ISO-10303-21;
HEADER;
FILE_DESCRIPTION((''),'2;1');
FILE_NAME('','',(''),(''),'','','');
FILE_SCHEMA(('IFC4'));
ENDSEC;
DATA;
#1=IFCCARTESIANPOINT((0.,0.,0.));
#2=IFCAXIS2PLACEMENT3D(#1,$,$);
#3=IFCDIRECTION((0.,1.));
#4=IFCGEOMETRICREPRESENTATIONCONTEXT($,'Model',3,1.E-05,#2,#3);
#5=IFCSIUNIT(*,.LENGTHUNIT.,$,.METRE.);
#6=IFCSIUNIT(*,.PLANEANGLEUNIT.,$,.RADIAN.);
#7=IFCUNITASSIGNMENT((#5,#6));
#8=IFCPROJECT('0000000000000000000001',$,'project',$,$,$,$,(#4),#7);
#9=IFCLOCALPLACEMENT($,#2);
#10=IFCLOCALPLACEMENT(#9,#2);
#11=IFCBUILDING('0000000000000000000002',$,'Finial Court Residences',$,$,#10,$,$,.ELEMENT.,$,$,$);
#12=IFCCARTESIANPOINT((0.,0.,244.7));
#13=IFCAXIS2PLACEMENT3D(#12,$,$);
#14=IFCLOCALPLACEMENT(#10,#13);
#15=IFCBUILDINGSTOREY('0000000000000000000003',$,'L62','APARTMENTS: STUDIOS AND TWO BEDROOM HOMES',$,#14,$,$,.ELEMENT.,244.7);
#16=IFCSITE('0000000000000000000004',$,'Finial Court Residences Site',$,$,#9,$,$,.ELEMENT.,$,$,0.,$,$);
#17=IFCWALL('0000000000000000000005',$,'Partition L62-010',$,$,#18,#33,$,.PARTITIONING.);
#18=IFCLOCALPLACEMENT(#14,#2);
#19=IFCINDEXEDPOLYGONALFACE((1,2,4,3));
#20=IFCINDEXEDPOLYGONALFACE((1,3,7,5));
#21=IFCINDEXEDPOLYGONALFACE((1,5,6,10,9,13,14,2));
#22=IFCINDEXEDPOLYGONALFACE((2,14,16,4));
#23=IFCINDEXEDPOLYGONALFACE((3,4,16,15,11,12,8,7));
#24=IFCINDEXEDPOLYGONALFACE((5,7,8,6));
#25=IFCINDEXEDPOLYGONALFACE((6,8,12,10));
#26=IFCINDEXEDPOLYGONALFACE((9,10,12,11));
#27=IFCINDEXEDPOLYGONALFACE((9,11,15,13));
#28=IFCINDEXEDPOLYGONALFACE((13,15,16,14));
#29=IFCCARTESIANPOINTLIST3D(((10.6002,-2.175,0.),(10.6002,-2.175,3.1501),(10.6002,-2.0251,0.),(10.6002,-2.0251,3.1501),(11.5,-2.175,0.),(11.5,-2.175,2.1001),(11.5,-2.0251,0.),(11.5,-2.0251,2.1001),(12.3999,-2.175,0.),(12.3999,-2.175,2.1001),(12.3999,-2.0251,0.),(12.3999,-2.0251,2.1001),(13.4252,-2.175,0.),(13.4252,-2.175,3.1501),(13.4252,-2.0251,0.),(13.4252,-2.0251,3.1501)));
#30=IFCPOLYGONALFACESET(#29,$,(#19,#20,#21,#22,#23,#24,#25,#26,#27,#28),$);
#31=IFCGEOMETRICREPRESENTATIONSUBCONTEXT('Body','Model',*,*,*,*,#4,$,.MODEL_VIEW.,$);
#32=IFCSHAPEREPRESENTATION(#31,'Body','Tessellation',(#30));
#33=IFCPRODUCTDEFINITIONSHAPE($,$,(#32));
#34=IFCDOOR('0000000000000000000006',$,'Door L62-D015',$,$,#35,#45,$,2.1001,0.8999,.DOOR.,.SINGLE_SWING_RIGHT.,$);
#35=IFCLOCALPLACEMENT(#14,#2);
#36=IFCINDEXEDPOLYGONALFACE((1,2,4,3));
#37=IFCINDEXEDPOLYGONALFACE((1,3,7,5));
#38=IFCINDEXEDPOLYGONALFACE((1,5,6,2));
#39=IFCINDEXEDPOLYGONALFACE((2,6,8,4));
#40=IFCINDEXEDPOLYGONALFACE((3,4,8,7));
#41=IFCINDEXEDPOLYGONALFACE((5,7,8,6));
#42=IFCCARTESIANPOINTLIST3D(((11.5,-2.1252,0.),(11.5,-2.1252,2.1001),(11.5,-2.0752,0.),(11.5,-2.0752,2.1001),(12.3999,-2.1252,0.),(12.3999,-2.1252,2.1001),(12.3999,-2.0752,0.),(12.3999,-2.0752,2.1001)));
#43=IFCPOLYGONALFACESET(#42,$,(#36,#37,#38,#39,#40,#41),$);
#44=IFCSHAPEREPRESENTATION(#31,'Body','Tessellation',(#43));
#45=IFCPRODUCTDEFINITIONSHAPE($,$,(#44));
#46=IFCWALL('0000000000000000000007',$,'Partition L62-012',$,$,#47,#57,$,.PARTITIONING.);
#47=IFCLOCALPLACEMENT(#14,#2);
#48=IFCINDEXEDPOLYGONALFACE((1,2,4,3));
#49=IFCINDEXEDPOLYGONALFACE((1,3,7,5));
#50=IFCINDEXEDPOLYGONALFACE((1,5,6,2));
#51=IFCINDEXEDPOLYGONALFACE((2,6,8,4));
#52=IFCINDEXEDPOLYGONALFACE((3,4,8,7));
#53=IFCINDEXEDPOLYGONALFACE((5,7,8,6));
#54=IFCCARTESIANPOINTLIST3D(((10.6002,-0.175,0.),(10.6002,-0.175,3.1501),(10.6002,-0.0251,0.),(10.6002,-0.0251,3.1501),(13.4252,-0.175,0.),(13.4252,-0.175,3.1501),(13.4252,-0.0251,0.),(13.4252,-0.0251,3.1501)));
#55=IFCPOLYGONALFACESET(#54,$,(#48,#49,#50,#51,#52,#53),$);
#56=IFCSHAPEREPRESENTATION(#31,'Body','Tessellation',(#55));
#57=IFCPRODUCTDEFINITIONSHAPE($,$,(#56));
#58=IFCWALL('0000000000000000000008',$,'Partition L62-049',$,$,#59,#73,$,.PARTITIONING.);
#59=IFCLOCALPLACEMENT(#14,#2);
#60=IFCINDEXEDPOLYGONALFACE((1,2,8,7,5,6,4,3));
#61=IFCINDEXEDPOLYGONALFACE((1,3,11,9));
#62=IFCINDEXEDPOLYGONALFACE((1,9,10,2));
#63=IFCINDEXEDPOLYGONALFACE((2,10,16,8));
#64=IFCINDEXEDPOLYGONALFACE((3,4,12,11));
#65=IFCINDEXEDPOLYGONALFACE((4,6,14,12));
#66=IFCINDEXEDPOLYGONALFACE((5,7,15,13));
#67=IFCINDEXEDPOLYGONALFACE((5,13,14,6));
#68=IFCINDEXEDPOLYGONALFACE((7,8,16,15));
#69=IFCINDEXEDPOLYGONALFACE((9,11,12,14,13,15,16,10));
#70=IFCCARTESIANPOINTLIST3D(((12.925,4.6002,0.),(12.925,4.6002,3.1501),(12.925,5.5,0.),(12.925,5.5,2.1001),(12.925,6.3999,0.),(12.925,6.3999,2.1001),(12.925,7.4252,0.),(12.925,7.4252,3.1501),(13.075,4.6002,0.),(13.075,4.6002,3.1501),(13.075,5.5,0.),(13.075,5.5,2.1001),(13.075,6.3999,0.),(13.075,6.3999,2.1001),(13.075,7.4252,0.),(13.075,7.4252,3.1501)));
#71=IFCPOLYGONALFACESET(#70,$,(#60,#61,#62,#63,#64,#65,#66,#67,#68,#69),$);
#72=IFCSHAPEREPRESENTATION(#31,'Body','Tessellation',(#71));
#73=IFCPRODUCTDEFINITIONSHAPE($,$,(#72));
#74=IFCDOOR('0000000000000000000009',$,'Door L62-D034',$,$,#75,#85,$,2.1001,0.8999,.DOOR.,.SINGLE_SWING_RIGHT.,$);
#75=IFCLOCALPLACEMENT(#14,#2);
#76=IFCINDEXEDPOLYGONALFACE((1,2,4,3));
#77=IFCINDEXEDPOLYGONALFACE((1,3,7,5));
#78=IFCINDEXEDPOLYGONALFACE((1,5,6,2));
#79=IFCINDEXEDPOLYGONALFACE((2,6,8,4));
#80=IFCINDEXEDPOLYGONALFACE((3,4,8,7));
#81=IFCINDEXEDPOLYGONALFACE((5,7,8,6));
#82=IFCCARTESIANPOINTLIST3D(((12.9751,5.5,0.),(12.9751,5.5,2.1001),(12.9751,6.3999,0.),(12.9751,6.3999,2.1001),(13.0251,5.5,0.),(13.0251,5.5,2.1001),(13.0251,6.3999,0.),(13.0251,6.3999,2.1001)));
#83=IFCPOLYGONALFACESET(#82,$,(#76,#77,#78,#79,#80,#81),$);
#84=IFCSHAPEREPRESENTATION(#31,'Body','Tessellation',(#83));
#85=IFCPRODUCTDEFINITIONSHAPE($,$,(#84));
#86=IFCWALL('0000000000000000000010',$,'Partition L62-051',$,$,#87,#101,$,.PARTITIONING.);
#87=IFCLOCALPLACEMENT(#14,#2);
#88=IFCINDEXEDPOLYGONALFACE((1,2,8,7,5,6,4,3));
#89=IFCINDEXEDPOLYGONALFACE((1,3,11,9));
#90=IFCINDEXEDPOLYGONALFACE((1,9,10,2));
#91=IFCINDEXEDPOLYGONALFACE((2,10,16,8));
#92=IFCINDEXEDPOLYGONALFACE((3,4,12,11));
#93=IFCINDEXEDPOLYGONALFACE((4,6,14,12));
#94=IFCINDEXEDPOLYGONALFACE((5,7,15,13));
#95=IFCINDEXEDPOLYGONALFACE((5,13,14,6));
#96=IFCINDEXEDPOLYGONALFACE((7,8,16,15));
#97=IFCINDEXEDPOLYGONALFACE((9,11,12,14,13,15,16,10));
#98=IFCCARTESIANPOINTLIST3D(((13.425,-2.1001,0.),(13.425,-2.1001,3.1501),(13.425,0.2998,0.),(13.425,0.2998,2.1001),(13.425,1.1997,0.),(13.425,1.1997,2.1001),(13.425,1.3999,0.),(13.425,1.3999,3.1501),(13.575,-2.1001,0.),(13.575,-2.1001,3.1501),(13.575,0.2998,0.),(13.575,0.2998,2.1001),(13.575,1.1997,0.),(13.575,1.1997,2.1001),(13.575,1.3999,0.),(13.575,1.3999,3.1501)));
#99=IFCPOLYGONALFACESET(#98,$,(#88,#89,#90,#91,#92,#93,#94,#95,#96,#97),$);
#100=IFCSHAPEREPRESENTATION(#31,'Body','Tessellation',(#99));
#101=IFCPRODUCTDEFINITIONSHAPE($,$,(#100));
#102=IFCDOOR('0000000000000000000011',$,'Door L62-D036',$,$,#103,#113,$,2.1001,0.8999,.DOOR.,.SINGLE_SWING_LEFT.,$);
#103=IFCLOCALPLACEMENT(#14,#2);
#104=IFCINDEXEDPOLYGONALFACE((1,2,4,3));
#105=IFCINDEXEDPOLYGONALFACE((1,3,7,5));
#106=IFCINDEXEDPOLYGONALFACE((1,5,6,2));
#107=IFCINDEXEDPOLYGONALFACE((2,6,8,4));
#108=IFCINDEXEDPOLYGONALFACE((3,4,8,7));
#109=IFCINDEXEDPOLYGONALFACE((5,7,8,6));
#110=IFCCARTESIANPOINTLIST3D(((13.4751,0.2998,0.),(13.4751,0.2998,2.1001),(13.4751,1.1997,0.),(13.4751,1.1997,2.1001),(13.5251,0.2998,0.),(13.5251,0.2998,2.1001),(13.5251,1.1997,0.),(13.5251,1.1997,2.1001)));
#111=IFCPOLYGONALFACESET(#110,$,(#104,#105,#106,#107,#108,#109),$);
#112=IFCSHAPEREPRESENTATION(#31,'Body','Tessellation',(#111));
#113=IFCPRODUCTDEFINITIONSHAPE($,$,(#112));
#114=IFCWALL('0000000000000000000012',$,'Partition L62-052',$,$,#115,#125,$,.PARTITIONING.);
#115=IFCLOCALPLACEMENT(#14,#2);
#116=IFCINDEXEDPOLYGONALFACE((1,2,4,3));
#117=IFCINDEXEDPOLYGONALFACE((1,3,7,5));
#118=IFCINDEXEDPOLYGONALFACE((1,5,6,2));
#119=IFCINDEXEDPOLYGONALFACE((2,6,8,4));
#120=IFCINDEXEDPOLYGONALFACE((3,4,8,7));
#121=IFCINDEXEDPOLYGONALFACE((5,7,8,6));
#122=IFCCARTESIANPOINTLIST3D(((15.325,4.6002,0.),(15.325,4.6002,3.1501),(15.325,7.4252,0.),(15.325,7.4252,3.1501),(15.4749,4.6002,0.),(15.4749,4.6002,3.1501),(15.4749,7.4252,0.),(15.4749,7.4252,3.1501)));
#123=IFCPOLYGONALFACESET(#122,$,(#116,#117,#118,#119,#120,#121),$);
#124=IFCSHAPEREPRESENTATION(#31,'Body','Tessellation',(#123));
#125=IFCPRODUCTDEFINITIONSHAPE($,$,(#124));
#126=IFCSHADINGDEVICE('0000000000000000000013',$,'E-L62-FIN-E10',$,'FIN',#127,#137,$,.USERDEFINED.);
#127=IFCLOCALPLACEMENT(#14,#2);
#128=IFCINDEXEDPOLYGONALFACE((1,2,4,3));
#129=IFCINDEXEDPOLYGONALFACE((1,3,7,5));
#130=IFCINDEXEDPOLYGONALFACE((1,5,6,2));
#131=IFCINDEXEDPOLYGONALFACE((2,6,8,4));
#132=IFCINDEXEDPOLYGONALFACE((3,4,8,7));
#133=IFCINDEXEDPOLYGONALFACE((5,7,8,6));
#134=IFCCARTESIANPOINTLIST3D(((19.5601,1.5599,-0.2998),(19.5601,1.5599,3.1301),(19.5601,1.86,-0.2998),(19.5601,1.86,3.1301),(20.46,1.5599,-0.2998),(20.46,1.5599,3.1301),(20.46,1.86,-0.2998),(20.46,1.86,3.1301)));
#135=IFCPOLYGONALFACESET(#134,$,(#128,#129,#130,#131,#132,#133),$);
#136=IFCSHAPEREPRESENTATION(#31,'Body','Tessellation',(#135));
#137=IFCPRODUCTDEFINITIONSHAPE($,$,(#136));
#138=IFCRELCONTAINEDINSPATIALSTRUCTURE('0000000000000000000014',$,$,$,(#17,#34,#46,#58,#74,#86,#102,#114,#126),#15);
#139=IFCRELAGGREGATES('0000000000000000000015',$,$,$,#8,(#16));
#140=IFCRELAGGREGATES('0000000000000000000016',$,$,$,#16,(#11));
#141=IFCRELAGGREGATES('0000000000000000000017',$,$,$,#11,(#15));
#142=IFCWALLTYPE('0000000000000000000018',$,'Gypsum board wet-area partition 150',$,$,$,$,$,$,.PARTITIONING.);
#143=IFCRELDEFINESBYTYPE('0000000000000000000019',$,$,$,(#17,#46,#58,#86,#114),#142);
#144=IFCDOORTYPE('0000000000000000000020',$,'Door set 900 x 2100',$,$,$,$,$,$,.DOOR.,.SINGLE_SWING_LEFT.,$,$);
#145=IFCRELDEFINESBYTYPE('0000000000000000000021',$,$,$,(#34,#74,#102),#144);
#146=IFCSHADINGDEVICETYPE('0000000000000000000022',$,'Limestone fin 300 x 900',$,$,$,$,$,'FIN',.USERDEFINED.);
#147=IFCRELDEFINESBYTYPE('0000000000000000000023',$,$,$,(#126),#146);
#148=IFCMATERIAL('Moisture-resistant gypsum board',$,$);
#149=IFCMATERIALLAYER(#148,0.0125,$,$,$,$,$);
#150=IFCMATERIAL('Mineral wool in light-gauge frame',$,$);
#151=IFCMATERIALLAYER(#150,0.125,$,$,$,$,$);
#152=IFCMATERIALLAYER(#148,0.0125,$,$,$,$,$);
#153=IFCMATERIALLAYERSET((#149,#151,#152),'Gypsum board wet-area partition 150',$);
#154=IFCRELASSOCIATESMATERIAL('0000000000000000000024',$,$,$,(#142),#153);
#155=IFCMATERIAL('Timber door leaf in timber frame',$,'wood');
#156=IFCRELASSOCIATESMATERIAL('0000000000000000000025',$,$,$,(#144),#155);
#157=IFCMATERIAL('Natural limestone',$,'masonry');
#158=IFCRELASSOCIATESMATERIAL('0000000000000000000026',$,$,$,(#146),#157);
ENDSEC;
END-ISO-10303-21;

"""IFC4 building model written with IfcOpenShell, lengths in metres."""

from ifc_helpers import new_model, si_unit, direction, frame, frame_2d, origin, origin_2d, place, context, subcontext, project, spatial, rectangle, extrude, material, layer, layer_set, type_object, element, fill, save


model = new_model("IFC4")

# Units and contexts
model_context = context("Model", 3, precision=1e-05, world=origin(), true_north=direction((0.0, 1.0)))
body_context = subcontext(model_context, "Body", "Model", "MODEL_VIEW")
ifc_project = project(units=[si_unit("LENGTHUNIT", "METRE"), si_unit("PLANEANGLEUNIT", "RADIAN")], contexts=[model_context])

# Site, building, storey
site_placement = place(None, origin())
site = spatial("IfcSite", under=ifc_project, at=site_placement, Name="Finial Court Residences Site", CompositionType="ELEMENT", RefElevation=0.0)
building_placement = place(site_placement, origin())
building = spatial("IfcBuilding", under=site, at=building_placement, Name="Finial Court Residences", CompositionType="ELEMENT")
storey_placement = place(building_placement, frame((0.0, 0.0, 244.7)))
storey = spatial("IfcBuildingStorey", under=building, at=storey_placement, Name="L62", Description="APARTMENTS: STUDIOS AND TWO BEDROOM HOMES", CompositionType="ELEMENT", Elevation=244.7)

# Wall, opening, door
ifc_material_1 = material(Name="Moisture-resistant gypsum board")
ifc_layer_1 = layer(ifc_material_1, 0.0125)
ifc_material_2 = material(Name="Mineral wool in light-gauge frame")
ifc_layer_2 = layer(ifc_material_2, 0.125)
ifc_layer_3 = layer(ifc_material_1, 0.0125)
ifc_layer_set_1 = layer_set([ifc_layer_1, ifc_layer_2, ifc_layer_3], Name="Gypsum board wet-area partition 150")
wall_type_1 = type_object("IfcWallType", Name="Gypsum board wet-area partition 150", PredefinedType="PARTITIONING", material=ifc_layer_set_1)
wall_1_placement = place(storey_placement, frame((10.6001, -2.1001, 0.0), z_axis=(0.0, 0.0, 1.0), x_axis=(1.0, 0.0, 0.0)))
wall_1 = element("IfcWall", 1, at=wall_1_placement, inside=storey, type_object=wall_type_1, Name="Partition L62-010", PredefinedType="PARTITIONING", context=body_context, shape_type="SweptSolid", body=[
    extrude(rectangle(XDim=2.825, YDim=0.1499, at=frame_2d((1.4126, 0.0))), origin(), (0.0, 0.0, 1.0), 3.1501),
])
opening_1_placement = place(wall_1_placement, frame((0.8999, 0.0, 0.0)))
opening_1 = element("IfcOpeningElement", 2, at=opening_1_placement, cuts=wall_1, PredefinedType="OPENING", context=body_context, shape_type="SweptSolid", body=[
    extrude(rectangle(XDim=0.8999, YDim=2.1001, at=frame_2d((0.45, 1.05))), frame((0.0, 0.085, 0.0), z_axis=(0.0, -1.0, 0.0), x_axis=(1.0, 0.0, 0.0)), (0.0, 0.0, 1.0), 0.1699),
])
ifc_material_3 = material(Name="Timber door leaf in timber frame", Category="wood")
door_type = type_object("IfcDoorType", Name="Door set 900 x 2100", OperationType="SINGLE_SWING_LEFT", PredefinedType="DOOR", material=ifc_material_3)
door_1_placement = place(opening_1_placement, origin())
door_1 = element("IfcDoor", 3, at=door_1_placement, inside=storey, type_object=door_type, Name="Door L62-D015", OperationType="SINGLE_SWING_RIGHT", OverallHeight=2.1001, OverallWidth=0.8999, PredefinedType="DOOR", context=body_context, shape_type="SweptSolid", body=[
    extrude(rectangle(XDim=0.8999, YDim=2.1001, at=frame_2d((0.45, 1.05))), frame((0.0, 0.0249, 0.0), z_axis=(0.0, -1.0, 0.0), x_axis=(1.0, 0.0, 0.0)), (0.0, 0.0, 1.0), 0.05),
])
fill(opening_1, door_1)

# Wall
wall_2_placement = place(storey_placement, frame((10.6001, -0.1001, 0.0), z_axis=(0.0, 0.0, 1.0), x_axis=(1.0, 0.0, 0.0)))
element("IfcWall", 4, at=wall_2_placement, inside=storey, type_object=wall_type_1, Name="Partition L62-012", PredefinedType="PARTITIONING", context=body_context, shape_type="SweptSolid", body=[
    extrude(rectangle(XDim=2.825, YDim=0.1499, at=frame_2d((1.4126, 0.0))), origin(), (0.0, 0.0, 1.0), 3.1501),
])

# Walls, openings, doors
wall_3_placement = place(storey_placement, frame((13.0, 4.6001, 0.0), z_axis=(0.0, 0.0, 1.0), x_axis=(0.0, 1.0, 0.0)))
wall_3 = element("IfcWall", 5, at=wall_3_placement, inside=storey, type_object=wall_type_1, Name="Partition L62-049", PredefinedType="PARTITIONING", context=body_context, shape_type="SweptSolid", body=[
    extrude(rectangle(XDim=2.825, YDim=0.1499, at=frame_2d((1.4126, 0.0))), origin(), (0.0, 0.0, 1.0), 3.1501),
])
opening_2_placement = place(wall_3_placement, frame((0.8999, 0.0, 0.0)))
opening_2 = element("IfcOpeningElement", 6, at=opening_2_placement, cuts=wall_3, PredefinedType="OPENING", context=body_context, shape_type="SweptSolid", body=[
    extrude(rectangle(XDim=0.8999, YDim=2.1001, at=frame_2d((0.45, 1.05))), frame((0.0, 0.085, 0.0), z_axis=(0.0, -1.0, 0.0), x_axis=(1.0, 0.0, 0.0)), (0.0, 0.0, 1.0), 0.1699),
])
door_2_placement = place(opening_2_placement, origin())
door_2 = element("IfcDoor", 7, at=door_2_placement, inside=storey, type_object=door_type, Name="Door L62-D034", OperationType="SINGLE_SWING_RIGHT", OverallHeight=2.1001, OverallWidth=0.8999, PredefinedType="DOOR", context=body_context, shape_type="SweptSolid", body=[
    extrude(rectangle(XDim=0.8999, YDim=2.1001, at=frame_2d((0.45, 1.05))), frame((0.0, 0.0249, 0.0), z_axis=(0.0, -1.0, 0.0), x_axis=(1.0, 0.0, 0.0)), (0.0, 0.0, 1.0), 0.05),
])
fill(opening_2, door_2)
wall_4_placement = place(storey_placement, frame((13.5, -2.1001, 0.0), z_axis=(0.0, 0.0, 1.0), x_axis=(0.0, 1.0, 0.0)))
wall_4 = element("IfcWall", 8, at=wall_4_placement, inside=storey, type_object=wall_type_1, Name="Partition L62-051", PredefinedType="PARTITIONING", context=body_context, shape_type="SweptSolid", body=[
    extrude(rectangle(XDim=3.5, YDim=0.1499, at=frame_2d((1.75, 0.0))), origin(), (0.0, 0.0, 1.0), 3.1501),
])
opening_3_placement = place(wall_4_placement, frame((2.3999, 0.0, 0.0)))
opening_3 = element("IfcOpeningElement", 9, at=opening_3_placement, cuts=wall_4, PredefinedType="OPENING", context=body_context, shape_type="SweptSolid", body=[
    extrude(rectangle(XDim=0.8999, YDim=2.1001, at=frame_2d((0.45, 1.05))), frame((0.0, 0.085, 0.0), z_axis=(0.0, -1.0, 0.0), x_axis=(1.0, 0.0, 0.0)), (0.0, 0.0, 1.0), 0.1699),
])
door_3_placement = place(opening_3_placement, origin())
door_3 = element("IfcDoor", 10, at=door_3_placement, inside=storey, type_object=door_type, Name="Door L62-D036", OperationType="SINGLE_SWING_LEFT", OverallHeight=2.1001, OverallWidth=0.8999, PredefinedType="DOOR", context=body_context, shape_type="SweptSolid", body=[
    extrude(rectangle(XDim=0.8999, YDim=2.1001, at=frame_2d((0.45, 1.05))), frame((0.0, 0.0249, 0.0), z_axis=(0.0, -1.0, 0.0), x_axis=(1.0, 0.0, 0.0)), (0.0, 0.0, 1.0), 0.05),
])
fill(opening_3, door_3)

# Wall
wall_5_placement = place(storey_placement, frame((15.3999, 4.6001, 0.0), z_axis=(0.0, 0.0, 1.0), x_axis=(0.0, 1.0, 0.0)))
element("IfcWall", 11, at=wall_5_placement, inside=storey, type_object=wall_type_1, Name="Partition L62-052", PredefinedType="PARTITIONING", context=body_context, shape_type="SweptSolid", body=[
    extrude(rectangle(XDim=2.825, YDim=0.1499, at=frame_2d((1.4126, 0.0))), origin(), (0.0, 0.0, 1.0), 3.1501),
])

# Shading device
ifc_material_4 = material(Name="Natural limestone", Category="masonry")
shading_device_type = type_object("IfcShadingDeviceType", Name="Limestone fin 300 x 900", ElementType="FIN", PredefinedType="USERDEFINED", material=ifc_material_4)
shading_device_placement = place(storey_placement, frame((20.01, 1.71, -0.2998), z_axis=(0.0, 0.0, 1.0), x_axis=(1.0, 0.0, 0.0)))
element("IfcShadingDevice", 12, at=shading_device_placement, inside=storey, type_object=shading_device_type, Name="E-L62-FIN-E10", ObjectType="FIN", PredefinedType="USERDEFINED", context=body_context, shape_type="SweptSolid", body=[
    extrude(rectangle(XDim=0.8999, YDim=0.3, at=origin_2d()), origin(), (0.0, 0.0, 1.0), 3.4299),
])

save(model, "model.ifc")
